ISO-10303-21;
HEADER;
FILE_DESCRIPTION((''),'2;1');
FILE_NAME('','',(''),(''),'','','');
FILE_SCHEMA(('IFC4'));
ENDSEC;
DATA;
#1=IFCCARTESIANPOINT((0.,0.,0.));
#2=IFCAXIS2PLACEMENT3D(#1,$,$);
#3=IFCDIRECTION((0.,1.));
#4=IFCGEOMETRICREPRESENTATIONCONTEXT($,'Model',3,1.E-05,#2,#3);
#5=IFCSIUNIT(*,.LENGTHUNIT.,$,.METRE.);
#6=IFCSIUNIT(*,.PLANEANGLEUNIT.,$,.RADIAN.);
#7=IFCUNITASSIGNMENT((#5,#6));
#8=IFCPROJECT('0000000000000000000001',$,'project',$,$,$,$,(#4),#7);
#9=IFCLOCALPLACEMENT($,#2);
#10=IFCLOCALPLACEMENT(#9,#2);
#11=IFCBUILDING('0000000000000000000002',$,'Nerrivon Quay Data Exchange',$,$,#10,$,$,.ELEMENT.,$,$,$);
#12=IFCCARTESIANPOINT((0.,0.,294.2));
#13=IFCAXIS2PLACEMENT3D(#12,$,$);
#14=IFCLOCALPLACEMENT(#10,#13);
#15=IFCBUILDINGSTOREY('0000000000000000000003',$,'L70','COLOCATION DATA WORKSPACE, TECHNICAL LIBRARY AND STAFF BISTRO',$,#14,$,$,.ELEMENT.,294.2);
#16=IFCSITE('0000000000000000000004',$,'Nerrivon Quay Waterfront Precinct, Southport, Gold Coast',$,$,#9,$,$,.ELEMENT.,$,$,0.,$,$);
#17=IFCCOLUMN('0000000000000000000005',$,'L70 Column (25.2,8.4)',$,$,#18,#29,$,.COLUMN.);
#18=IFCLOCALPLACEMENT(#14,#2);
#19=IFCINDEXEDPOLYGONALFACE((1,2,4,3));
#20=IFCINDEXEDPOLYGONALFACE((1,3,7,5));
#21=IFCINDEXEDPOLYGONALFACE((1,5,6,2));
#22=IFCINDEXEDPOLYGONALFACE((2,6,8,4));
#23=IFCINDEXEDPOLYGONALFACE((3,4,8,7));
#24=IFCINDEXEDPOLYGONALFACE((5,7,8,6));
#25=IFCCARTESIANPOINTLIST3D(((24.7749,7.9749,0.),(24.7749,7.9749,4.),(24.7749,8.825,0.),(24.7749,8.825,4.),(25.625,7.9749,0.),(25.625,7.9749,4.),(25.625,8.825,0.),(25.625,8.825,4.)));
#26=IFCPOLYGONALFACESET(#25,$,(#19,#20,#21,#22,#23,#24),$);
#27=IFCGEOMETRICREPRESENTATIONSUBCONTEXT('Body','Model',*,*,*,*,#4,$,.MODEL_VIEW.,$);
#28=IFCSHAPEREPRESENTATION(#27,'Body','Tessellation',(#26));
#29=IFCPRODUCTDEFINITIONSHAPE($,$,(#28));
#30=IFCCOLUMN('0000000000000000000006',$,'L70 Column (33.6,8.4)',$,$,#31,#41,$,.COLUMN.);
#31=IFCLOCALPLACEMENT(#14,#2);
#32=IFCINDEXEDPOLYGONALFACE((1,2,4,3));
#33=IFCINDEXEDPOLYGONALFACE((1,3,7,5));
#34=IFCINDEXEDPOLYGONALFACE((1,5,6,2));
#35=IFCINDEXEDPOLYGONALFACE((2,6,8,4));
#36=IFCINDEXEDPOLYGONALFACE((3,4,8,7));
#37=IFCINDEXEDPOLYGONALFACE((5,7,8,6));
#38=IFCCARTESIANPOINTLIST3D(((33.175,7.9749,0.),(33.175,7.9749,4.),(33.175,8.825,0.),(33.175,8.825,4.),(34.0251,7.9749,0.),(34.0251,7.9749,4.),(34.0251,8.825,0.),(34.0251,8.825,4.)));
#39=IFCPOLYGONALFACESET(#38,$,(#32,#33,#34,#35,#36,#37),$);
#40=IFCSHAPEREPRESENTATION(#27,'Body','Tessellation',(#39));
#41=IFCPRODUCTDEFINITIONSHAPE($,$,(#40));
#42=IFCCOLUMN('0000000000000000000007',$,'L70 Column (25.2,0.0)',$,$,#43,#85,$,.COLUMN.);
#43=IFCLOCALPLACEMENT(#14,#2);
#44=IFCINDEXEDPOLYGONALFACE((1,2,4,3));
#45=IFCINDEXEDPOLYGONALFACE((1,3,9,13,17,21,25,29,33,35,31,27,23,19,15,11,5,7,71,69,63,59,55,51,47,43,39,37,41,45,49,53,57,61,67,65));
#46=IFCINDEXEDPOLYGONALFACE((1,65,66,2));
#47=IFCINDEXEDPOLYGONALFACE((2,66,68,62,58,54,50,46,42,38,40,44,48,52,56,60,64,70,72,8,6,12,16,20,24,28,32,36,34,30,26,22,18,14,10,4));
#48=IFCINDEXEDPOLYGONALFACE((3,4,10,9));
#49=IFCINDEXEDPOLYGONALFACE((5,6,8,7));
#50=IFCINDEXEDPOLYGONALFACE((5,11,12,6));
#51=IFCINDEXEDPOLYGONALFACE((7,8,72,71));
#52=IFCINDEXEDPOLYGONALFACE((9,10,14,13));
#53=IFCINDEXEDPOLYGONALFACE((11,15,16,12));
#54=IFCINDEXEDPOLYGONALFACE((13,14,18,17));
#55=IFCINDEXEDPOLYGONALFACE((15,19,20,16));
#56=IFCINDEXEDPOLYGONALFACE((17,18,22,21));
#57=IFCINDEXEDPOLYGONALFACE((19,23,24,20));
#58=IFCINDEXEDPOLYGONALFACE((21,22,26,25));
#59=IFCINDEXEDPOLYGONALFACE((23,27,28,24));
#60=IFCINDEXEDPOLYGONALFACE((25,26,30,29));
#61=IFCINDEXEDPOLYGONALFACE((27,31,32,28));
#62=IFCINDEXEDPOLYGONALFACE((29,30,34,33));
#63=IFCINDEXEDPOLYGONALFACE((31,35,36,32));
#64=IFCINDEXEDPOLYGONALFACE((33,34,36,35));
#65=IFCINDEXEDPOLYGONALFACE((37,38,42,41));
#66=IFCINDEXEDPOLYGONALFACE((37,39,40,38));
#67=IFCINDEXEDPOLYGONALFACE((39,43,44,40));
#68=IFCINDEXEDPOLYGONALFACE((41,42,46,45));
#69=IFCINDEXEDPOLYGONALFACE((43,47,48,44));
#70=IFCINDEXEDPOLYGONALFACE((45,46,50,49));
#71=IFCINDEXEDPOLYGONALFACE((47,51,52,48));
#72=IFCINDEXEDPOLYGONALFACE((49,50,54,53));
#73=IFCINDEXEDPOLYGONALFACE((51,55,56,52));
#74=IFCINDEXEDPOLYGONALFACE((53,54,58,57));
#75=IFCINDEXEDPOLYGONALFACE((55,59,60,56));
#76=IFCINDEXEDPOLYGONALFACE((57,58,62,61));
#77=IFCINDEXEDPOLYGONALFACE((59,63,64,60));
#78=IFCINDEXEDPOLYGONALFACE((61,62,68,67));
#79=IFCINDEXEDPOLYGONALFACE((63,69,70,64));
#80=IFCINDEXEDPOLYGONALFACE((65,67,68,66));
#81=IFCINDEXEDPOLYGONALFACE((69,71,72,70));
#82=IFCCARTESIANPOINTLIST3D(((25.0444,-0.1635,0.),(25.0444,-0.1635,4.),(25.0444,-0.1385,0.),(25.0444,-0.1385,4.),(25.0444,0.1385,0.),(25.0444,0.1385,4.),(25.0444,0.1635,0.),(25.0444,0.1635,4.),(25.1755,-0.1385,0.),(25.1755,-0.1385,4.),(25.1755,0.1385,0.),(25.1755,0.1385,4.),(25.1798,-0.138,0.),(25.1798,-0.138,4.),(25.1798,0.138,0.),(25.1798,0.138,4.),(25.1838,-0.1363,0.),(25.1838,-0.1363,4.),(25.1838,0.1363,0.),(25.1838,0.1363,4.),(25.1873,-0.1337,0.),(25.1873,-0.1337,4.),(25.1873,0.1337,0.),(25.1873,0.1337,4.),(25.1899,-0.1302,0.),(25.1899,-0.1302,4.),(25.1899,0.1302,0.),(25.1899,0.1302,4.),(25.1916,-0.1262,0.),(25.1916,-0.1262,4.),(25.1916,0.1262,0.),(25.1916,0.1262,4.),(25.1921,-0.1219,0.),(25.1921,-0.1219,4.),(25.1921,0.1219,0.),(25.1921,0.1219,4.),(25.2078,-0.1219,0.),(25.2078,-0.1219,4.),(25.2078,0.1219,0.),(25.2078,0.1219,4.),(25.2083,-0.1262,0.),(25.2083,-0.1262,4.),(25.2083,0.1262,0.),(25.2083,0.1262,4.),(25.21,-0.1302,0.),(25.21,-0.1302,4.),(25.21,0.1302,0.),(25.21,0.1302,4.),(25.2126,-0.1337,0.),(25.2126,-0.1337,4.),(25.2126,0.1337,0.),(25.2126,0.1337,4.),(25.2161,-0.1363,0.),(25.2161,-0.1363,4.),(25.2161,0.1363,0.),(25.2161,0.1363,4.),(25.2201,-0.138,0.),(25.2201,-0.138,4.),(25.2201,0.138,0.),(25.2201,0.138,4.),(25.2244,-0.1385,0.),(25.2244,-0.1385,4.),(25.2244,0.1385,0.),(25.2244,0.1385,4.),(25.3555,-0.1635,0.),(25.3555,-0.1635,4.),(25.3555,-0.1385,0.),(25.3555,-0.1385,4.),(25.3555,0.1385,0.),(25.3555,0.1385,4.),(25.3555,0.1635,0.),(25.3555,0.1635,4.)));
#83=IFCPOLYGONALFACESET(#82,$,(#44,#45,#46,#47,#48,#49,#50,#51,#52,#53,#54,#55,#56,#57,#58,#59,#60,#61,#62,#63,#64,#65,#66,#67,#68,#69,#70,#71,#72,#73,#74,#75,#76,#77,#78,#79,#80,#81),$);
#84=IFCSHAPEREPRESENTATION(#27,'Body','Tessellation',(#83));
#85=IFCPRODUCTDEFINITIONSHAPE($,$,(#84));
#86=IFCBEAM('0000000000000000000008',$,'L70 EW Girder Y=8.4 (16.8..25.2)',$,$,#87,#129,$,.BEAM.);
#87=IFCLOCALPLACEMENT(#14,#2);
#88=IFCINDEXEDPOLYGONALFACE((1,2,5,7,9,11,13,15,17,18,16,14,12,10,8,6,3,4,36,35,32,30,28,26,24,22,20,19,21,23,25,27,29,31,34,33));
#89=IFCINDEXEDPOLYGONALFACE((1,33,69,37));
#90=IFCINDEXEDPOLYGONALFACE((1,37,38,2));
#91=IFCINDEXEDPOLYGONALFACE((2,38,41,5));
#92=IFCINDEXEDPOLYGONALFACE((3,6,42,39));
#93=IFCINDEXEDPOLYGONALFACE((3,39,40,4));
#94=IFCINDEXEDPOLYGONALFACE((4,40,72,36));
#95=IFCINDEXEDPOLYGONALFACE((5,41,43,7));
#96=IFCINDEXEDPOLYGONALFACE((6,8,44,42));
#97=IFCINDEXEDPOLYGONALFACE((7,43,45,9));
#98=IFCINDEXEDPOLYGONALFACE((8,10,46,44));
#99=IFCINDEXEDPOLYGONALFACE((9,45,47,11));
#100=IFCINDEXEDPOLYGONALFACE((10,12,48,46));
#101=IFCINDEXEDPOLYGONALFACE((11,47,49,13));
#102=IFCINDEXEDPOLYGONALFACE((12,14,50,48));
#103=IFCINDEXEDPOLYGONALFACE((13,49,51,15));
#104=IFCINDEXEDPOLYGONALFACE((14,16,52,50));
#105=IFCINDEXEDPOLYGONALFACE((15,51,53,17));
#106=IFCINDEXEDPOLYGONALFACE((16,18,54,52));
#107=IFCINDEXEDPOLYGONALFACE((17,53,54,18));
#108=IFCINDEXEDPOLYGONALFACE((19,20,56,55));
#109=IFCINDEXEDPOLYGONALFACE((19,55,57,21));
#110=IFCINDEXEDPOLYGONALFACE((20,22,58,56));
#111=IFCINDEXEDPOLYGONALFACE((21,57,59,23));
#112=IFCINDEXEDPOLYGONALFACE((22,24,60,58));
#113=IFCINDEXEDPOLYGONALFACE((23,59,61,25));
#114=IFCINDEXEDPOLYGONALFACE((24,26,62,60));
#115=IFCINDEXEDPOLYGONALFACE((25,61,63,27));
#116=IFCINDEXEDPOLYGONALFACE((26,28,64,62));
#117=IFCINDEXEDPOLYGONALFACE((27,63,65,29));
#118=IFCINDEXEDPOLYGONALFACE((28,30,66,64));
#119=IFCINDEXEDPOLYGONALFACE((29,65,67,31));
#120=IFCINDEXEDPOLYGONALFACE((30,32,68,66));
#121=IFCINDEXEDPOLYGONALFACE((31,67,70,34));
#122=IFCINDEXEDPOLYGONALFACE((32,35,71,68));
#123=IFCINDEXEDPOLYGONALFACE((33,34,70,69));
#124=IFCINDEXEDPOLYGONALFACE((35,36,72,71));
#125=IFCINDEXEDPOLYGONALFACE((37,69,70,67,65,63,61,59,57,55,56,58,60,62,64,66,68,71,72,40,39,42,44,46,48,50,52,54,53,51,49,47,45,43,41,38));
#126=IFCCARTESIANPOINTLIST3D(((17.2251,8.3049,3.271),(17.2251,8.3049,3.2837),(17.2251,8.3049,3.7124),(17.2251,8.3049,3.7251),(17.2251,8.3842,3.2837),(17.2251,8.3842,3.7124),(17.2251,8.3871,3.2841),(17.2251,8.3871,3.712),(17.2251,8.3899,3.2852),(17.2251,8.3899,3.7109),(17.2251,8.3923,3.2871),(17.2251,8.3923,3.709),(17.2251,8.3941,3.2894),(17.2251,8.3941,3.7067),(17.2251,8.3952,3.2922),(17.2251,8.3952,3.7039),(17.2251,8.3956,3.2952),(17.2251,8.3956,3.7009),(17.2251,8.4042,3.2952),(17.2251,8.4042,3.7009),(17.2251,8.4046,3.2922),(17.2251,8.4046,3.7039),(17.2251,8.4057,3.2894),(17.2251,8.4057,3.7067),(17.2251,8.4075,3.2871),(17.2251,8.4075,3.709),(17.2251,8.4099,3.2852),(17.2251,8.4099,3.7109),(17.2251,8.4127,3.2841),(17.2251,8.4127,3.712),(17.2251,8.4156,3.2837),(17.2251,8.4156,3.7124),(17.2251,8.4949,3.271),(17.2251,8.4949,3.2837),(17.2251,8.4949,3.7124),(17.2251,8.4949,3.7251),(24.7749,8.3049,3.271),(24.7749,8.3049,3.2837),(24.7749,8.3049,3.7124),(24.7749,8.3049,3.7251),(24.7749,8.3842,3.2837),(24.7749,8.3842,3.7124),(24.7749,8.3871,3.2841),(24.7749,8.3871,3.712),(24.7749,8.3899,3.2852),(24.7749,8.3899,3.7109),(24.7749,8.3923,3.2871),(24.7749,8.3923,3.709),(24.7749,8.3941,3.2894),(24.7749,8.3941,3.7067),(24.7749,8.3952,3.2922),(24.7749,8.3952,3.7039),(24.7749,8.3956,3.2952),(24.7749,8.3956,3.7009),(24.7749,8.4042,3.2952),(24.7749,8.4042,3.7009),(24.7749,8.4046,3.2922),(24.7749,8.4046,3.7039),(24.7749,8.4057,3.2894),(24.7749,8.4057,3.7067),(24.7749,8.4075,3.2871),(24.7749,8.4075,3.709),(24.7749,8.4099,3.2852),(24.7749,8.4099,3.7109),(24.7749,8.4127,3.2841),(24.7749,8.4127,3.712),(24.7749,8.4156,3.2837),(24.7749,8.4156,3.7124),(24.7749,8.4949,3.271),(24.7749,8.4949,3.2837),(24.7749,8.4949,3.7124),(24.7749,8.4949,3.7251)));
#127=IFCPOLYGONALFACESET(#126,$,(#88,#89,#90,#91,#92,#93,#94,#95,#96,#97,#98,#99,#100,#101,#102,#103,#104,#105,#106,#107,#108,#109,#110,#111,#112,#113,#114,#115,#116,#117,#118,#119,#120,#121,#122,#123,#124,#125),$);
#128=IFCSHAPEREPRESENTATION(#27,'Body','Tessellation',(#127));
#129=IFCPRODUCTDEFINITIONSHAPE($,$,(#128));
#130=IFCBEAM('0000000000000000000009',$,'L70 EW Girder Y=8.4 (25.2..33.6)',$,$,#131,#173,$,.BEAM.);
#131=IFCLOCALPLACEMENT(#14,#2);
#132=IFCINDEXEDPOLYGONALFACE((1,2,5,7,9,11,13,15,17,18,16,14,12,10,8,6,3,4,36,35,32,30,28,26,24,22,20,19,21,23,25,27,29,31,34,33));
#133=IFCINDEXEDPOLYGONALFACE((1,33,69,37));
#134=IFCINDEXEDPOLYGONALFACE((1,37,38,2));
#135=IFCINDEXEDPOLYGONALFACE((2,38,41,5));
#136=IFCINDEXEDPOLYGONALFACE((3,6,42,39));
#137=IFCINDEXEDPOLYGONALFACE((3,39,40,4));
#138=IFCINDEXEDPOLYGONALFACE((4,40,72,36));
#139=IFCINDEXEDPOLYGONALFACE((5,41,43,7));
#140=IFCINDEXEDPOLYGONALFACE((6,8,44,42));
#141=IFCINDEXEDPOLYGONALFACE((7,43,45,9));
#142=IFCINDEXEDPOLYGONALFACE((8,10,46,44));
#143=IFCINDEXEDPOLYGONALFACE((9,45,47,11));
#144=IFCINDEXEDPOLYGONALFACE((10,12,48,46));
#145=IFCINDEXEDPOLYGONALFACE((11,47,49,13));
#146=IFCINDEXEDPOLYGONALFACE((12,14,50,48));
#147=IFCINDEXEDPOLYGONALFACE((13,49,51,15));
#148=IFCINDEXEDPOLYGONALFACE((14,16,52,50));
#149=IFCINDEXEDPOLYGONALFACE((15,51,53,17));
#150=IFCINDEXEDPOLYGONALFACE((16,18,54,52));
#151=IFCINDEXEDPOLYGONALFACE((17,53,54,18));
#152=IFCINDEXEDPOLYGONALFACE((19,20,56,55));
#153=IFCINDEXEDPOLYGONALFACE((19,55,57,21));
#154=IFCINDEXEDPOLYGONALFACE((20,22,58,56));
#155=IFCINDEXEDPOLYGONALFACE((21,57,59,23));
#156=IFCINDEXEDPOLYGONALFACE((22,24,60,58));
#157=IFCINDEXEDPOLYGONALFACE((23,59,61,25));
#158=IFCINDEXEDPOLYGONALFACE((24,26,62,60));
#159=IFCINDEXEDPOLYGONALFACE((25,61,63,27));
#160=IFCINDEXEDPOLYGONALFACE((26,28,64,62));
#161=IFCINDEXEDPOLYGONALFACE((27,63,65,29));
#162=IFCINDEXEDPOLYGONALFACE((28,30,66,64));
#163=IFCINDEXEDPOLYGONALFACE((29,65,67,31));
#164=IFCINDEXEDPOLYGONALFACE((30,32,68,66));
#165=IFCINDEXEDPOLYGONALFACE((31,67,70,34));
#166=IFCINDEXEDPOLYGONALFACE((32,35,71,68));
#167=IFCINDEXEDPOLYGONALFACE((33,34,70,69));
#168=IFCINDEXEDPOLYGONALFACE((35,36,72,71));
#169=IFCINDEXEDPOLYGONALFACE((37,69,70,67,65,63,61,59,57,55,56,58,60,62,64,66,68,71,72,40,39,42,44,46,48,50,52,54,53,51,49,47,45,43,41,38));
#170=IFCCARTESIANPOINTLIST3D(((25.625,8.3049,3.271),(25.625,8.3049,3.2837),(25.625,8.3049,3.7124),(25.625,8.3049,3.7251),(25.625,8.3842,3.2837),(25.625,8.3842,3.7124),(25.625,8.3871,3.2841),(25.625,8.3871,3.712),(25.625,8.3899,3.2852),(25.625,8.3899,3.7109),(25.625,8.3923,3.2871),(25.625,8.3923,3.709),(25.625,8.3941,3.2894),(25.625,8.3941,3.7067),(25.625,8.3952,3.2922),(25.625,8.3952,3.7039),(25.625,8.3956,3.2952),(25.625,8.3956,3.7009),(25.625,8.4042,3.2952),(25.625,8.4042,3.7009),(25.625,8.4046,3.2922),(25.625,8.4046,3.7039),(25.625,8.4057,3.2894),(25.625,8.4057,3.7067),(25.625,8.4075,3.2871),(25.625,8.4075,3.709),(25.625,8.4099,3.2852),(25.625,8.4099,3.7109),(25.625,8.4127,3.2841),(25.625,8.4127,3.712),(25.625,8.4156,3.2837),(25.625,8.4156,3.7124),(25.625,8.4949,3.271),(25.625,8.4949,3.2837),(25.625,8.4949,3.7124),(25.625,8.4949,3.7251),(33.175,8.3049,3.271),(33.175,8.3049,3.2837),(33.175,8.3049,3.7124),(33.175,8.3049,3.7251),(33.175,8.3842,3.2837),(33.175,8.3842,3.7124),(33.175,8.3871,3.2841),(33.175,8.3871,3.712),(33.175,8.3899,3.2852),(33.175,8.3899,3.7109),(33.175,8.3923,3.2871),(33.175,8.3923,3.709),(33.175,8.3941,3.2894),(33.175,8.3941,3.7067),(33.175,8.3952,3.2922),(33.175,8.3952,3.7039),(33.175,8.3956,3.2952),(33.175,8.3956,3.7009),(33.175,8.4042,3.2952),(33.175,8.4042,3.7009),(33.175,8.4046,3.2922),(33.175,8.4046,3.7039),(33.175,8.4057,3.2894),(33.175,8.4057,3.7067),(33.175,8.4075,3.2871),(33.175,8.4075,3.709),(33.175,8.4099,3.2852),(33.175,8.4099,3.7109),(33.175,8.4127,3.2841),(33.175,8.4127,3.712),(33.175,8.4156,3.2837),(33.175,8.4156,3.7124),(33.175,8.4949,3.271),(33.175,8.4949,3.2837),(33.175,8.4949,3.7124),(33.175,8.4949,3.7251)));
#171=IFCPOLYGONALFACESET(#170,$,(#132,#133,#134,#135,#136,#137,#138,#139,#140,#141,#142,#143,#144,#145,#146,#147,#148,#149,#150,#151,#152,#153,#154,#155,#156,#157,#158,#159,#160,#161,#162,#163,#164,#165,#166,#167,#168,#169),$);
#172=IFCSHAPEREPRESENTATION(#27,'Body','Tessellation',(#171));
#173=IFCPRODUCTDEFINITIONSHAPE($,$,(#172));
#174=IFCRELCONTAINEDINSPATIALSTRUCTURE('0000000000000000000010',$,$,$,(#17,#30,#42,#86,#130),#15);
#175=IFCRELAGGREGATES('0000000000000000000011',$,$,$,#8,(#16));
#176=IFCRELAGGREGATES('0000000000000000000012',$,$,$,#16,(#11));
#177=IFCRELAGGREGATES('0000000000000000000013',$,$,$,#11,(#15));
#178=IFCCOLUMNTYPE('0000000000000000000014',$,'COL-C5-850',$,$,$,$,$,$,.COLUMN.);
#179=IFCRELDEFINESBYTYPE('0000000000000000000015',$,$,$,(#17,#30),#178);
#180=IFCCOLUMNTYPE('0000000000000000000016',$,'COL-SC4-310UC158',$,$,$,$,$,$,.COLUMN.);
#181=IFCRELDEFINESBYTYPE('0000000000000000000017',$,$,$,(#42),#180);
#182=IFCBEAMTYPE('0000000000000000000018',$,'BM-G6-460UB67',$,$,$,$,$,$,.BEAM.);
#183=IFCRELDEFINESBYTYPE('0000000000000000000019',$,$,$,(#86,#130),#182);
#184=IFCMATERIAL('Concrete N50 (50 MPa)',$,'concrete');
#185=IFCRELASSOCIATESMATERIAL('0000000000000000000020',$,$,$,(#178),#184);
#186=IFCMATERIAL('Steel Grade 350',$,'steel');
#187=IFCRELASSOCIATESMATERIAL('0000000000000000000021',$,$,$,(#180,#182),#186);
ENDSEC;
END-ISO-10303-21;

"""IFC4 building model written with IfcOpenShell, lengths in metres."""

from ifc_helpers import new_model, si_unit, direction, frame, origin, origin_2d, place, context, subcontext, project, spatial, rectangle, i_section, extrude, material, material_profile, profile_set, type_object, element, save


model = new_model("IFC4")

# Units and contexts
model_context = context("Model", 3, precision=1e-05, world=origin(), true_north=direction((0.0, 1.0)))
body_context = subcontext(model_context, "Body", "Model", "MODEL_VIEW")
ifc_project = project(units=[si_unit("LENGTHUNIT", "METRE"), si_unit("PLANEANGLEUNIT", "RADIAN")], contexts=[model_context])

# Site, building, storey
site_placement = place(None, origin())
site = spatial("IfcSite", under=ifc_project, at=site_placement, Name="Nerrivon Quay Waterfront Precinct, Southport, Gold Coast", CompositionType="ELEMENT", RefElevation=0.0)
building_placement = place(site_placement, origin())
building = spatial("IfcBuilding", under=site, at=building_placement, Name="Nerrivon Quay Data Exchange", CompositionType="ELEMENT")
storey_placement = place(building_placement, frame((0.0, 0.0, 294.2)))
storey = spatial("IfcBuildingStorey", under=building, at=storey_placement, Name="L70", Description="COLOCATION DATA WORKSPACE, TECHNICAL LIBRARY AND STAFF BISTRO", CompositionType="ELEMENT", Elevation=294.2)

# Columns
ifc_material_1 = material(Name="Concrete N50 (50 MPa)", Category="concrete")
ifc_material_profile_1 = material_profile(ifc_material_1, rectangle(XDim=0.8501, YDim=0.8501, at=origin_2d()), Name="RC-COL-850x850")
ifc_profile_set_1 = profile_set([ifc_material_profile_1], Name="Concrete N50 (50 MPa)")
column_type_1 = type_object("IfcColumnType", Name="COL-C5-850", PredefinedType="COLUMN", material=ifc_profile_set_1)
for number, where, z_axis, x_axis, name in (
    (1, (25.2, 8.3999, 0.0), (0.0, 0.0, 1.0), (1.0, 0.0, 0.0), "L70 Column (25.2,8.4)"),
    (2, (33.6001, 8.3999, 0.0), (0.0, 0.0, 1.0), (1.0, 0.0, 0.0), "L70 Column (33.6,8.4)"),
):
    element("IfcColumn", number, at=place(storey_placement, frame(where, z_axis=z_axis, x_axis=x_axis)), inside=storey, type_object=column_type_1, Name=name, PredefinedType="COLUMN", context=body_context, shape_type="SweptSolid", body=[
        extrude(rectangle(XDim=0.8501, YDim=0.8501, at=origin_2d()), origin(), (0.0, 0.0, 1.0), 4.0),
    ])
ifc_material_2 = material(Name="Steel Grade 350", Category="steel")
ifc_material_profile_2 = material_profile(ifc_material_2, i_section(OverallWidth=0.311, OverallDepth=0.3269, WebThickness=0.0156, FlangeThickness=0.0249, FilletRadius=0.0166, at=origin_2d()), Name="310UC158")
ifc_profile_set_2 = profile_set([ifc_material_profile_2], Name="Steel Grade 350")
column_type_2 = type_object("IfcColumnType", Name="COL-SC4-310UC158", PredefinedType="COLUMN", material=ifc_profile_set_2)
column_placement = place(storey_placement, frame((25.2, 0.0, 0.0), z_axis=(0.0, 0.0, 1.0), x_axis=(1.0, 0.0, 0.0)))
element("IfcColumn", 3, at=column_placement, inside=storey, type_object=column_type_2, Name="L70 Column (25.2,0.0)", PredefinedType="COLUMN", context=body_context, shape_type="SweptSolid", body=[
    extrude(i_section(OverallWidth=0.311, OverallDepth=0.3269, WebThickness=0.0156, FlangeThickness=0.0249, FilletRadius=0.0166, at=origin_2d()), origin(), (0.0, 0.0, 1.0), 4.0),
])

# Beams
ifc_material_profile_3 = material_profile(ifc_material_2, i_section(OverallWidth=0.1899, OverallDepth=0.4541, WebThickness=0.0085, FlangeThickness=0.0127, FilletRadius=0.0115, at=origin_2d()), Name="460UB67.1")
ifc_profile_set_3 = profile_set([ifc_material_profile_3], Name="Steel Grade 350")
beam_type_1 = type_object("IfcBeamType", Name="BM-G6-460UB67", PredefinedType="BEAM", material=ifc_profile_set_3)
beam_1_placement = place(storey_placement, frame((17.2251, 8.3999, 3.498), z_axis=(1.0, 0.0, 0.0), x_axis=(0.0, 1.0, 0.0)))
element("IfcBeam", 4, at=beam_1_placement, inside=storey, type_object=beam_type_1, Name="L70 EW Girder Y=8.4 (16.8..25.2)", PredefinedType="BEAM", context=body_context, shape_type="SweptSolid", body=[
    extrude(i_section(OverallWidth=0.1899, OverallDepth=0.4541, WebThickness=0.0085, FlangeThickness=0.0127, FilletRadius=0.0115, at=origin_2d()), origin(), (0.0, 0.0, 1.0), 7.5498),
])
beam_2_placement = place(storey_placement, frame((25.625, 8.3999, 3.498), z_axis=(1.0, 0.0, 0.0), x_axis=(0.0, 1.0, 0.0)))
element("IfcBeam", 5, at=beam_2_placement, inside=storey, type_object=beam_type_1, Name="L70 EW Girder Y=8.4 (25.2..33.6)", PredefinedType="BEAM", context=body_context, shape_type="SweptSolid", body=[
    extrude(i_section(OverallWidth=0.1899, OverallDepth=0.4541, WebThickness=0.0085, FlangeThickness=0.0127, FilletRadius=0.0115, at=origin_2d()), origin(), (0.0, 0.0, 1.0), 7.55),
])

save(model, "model.ifc")
